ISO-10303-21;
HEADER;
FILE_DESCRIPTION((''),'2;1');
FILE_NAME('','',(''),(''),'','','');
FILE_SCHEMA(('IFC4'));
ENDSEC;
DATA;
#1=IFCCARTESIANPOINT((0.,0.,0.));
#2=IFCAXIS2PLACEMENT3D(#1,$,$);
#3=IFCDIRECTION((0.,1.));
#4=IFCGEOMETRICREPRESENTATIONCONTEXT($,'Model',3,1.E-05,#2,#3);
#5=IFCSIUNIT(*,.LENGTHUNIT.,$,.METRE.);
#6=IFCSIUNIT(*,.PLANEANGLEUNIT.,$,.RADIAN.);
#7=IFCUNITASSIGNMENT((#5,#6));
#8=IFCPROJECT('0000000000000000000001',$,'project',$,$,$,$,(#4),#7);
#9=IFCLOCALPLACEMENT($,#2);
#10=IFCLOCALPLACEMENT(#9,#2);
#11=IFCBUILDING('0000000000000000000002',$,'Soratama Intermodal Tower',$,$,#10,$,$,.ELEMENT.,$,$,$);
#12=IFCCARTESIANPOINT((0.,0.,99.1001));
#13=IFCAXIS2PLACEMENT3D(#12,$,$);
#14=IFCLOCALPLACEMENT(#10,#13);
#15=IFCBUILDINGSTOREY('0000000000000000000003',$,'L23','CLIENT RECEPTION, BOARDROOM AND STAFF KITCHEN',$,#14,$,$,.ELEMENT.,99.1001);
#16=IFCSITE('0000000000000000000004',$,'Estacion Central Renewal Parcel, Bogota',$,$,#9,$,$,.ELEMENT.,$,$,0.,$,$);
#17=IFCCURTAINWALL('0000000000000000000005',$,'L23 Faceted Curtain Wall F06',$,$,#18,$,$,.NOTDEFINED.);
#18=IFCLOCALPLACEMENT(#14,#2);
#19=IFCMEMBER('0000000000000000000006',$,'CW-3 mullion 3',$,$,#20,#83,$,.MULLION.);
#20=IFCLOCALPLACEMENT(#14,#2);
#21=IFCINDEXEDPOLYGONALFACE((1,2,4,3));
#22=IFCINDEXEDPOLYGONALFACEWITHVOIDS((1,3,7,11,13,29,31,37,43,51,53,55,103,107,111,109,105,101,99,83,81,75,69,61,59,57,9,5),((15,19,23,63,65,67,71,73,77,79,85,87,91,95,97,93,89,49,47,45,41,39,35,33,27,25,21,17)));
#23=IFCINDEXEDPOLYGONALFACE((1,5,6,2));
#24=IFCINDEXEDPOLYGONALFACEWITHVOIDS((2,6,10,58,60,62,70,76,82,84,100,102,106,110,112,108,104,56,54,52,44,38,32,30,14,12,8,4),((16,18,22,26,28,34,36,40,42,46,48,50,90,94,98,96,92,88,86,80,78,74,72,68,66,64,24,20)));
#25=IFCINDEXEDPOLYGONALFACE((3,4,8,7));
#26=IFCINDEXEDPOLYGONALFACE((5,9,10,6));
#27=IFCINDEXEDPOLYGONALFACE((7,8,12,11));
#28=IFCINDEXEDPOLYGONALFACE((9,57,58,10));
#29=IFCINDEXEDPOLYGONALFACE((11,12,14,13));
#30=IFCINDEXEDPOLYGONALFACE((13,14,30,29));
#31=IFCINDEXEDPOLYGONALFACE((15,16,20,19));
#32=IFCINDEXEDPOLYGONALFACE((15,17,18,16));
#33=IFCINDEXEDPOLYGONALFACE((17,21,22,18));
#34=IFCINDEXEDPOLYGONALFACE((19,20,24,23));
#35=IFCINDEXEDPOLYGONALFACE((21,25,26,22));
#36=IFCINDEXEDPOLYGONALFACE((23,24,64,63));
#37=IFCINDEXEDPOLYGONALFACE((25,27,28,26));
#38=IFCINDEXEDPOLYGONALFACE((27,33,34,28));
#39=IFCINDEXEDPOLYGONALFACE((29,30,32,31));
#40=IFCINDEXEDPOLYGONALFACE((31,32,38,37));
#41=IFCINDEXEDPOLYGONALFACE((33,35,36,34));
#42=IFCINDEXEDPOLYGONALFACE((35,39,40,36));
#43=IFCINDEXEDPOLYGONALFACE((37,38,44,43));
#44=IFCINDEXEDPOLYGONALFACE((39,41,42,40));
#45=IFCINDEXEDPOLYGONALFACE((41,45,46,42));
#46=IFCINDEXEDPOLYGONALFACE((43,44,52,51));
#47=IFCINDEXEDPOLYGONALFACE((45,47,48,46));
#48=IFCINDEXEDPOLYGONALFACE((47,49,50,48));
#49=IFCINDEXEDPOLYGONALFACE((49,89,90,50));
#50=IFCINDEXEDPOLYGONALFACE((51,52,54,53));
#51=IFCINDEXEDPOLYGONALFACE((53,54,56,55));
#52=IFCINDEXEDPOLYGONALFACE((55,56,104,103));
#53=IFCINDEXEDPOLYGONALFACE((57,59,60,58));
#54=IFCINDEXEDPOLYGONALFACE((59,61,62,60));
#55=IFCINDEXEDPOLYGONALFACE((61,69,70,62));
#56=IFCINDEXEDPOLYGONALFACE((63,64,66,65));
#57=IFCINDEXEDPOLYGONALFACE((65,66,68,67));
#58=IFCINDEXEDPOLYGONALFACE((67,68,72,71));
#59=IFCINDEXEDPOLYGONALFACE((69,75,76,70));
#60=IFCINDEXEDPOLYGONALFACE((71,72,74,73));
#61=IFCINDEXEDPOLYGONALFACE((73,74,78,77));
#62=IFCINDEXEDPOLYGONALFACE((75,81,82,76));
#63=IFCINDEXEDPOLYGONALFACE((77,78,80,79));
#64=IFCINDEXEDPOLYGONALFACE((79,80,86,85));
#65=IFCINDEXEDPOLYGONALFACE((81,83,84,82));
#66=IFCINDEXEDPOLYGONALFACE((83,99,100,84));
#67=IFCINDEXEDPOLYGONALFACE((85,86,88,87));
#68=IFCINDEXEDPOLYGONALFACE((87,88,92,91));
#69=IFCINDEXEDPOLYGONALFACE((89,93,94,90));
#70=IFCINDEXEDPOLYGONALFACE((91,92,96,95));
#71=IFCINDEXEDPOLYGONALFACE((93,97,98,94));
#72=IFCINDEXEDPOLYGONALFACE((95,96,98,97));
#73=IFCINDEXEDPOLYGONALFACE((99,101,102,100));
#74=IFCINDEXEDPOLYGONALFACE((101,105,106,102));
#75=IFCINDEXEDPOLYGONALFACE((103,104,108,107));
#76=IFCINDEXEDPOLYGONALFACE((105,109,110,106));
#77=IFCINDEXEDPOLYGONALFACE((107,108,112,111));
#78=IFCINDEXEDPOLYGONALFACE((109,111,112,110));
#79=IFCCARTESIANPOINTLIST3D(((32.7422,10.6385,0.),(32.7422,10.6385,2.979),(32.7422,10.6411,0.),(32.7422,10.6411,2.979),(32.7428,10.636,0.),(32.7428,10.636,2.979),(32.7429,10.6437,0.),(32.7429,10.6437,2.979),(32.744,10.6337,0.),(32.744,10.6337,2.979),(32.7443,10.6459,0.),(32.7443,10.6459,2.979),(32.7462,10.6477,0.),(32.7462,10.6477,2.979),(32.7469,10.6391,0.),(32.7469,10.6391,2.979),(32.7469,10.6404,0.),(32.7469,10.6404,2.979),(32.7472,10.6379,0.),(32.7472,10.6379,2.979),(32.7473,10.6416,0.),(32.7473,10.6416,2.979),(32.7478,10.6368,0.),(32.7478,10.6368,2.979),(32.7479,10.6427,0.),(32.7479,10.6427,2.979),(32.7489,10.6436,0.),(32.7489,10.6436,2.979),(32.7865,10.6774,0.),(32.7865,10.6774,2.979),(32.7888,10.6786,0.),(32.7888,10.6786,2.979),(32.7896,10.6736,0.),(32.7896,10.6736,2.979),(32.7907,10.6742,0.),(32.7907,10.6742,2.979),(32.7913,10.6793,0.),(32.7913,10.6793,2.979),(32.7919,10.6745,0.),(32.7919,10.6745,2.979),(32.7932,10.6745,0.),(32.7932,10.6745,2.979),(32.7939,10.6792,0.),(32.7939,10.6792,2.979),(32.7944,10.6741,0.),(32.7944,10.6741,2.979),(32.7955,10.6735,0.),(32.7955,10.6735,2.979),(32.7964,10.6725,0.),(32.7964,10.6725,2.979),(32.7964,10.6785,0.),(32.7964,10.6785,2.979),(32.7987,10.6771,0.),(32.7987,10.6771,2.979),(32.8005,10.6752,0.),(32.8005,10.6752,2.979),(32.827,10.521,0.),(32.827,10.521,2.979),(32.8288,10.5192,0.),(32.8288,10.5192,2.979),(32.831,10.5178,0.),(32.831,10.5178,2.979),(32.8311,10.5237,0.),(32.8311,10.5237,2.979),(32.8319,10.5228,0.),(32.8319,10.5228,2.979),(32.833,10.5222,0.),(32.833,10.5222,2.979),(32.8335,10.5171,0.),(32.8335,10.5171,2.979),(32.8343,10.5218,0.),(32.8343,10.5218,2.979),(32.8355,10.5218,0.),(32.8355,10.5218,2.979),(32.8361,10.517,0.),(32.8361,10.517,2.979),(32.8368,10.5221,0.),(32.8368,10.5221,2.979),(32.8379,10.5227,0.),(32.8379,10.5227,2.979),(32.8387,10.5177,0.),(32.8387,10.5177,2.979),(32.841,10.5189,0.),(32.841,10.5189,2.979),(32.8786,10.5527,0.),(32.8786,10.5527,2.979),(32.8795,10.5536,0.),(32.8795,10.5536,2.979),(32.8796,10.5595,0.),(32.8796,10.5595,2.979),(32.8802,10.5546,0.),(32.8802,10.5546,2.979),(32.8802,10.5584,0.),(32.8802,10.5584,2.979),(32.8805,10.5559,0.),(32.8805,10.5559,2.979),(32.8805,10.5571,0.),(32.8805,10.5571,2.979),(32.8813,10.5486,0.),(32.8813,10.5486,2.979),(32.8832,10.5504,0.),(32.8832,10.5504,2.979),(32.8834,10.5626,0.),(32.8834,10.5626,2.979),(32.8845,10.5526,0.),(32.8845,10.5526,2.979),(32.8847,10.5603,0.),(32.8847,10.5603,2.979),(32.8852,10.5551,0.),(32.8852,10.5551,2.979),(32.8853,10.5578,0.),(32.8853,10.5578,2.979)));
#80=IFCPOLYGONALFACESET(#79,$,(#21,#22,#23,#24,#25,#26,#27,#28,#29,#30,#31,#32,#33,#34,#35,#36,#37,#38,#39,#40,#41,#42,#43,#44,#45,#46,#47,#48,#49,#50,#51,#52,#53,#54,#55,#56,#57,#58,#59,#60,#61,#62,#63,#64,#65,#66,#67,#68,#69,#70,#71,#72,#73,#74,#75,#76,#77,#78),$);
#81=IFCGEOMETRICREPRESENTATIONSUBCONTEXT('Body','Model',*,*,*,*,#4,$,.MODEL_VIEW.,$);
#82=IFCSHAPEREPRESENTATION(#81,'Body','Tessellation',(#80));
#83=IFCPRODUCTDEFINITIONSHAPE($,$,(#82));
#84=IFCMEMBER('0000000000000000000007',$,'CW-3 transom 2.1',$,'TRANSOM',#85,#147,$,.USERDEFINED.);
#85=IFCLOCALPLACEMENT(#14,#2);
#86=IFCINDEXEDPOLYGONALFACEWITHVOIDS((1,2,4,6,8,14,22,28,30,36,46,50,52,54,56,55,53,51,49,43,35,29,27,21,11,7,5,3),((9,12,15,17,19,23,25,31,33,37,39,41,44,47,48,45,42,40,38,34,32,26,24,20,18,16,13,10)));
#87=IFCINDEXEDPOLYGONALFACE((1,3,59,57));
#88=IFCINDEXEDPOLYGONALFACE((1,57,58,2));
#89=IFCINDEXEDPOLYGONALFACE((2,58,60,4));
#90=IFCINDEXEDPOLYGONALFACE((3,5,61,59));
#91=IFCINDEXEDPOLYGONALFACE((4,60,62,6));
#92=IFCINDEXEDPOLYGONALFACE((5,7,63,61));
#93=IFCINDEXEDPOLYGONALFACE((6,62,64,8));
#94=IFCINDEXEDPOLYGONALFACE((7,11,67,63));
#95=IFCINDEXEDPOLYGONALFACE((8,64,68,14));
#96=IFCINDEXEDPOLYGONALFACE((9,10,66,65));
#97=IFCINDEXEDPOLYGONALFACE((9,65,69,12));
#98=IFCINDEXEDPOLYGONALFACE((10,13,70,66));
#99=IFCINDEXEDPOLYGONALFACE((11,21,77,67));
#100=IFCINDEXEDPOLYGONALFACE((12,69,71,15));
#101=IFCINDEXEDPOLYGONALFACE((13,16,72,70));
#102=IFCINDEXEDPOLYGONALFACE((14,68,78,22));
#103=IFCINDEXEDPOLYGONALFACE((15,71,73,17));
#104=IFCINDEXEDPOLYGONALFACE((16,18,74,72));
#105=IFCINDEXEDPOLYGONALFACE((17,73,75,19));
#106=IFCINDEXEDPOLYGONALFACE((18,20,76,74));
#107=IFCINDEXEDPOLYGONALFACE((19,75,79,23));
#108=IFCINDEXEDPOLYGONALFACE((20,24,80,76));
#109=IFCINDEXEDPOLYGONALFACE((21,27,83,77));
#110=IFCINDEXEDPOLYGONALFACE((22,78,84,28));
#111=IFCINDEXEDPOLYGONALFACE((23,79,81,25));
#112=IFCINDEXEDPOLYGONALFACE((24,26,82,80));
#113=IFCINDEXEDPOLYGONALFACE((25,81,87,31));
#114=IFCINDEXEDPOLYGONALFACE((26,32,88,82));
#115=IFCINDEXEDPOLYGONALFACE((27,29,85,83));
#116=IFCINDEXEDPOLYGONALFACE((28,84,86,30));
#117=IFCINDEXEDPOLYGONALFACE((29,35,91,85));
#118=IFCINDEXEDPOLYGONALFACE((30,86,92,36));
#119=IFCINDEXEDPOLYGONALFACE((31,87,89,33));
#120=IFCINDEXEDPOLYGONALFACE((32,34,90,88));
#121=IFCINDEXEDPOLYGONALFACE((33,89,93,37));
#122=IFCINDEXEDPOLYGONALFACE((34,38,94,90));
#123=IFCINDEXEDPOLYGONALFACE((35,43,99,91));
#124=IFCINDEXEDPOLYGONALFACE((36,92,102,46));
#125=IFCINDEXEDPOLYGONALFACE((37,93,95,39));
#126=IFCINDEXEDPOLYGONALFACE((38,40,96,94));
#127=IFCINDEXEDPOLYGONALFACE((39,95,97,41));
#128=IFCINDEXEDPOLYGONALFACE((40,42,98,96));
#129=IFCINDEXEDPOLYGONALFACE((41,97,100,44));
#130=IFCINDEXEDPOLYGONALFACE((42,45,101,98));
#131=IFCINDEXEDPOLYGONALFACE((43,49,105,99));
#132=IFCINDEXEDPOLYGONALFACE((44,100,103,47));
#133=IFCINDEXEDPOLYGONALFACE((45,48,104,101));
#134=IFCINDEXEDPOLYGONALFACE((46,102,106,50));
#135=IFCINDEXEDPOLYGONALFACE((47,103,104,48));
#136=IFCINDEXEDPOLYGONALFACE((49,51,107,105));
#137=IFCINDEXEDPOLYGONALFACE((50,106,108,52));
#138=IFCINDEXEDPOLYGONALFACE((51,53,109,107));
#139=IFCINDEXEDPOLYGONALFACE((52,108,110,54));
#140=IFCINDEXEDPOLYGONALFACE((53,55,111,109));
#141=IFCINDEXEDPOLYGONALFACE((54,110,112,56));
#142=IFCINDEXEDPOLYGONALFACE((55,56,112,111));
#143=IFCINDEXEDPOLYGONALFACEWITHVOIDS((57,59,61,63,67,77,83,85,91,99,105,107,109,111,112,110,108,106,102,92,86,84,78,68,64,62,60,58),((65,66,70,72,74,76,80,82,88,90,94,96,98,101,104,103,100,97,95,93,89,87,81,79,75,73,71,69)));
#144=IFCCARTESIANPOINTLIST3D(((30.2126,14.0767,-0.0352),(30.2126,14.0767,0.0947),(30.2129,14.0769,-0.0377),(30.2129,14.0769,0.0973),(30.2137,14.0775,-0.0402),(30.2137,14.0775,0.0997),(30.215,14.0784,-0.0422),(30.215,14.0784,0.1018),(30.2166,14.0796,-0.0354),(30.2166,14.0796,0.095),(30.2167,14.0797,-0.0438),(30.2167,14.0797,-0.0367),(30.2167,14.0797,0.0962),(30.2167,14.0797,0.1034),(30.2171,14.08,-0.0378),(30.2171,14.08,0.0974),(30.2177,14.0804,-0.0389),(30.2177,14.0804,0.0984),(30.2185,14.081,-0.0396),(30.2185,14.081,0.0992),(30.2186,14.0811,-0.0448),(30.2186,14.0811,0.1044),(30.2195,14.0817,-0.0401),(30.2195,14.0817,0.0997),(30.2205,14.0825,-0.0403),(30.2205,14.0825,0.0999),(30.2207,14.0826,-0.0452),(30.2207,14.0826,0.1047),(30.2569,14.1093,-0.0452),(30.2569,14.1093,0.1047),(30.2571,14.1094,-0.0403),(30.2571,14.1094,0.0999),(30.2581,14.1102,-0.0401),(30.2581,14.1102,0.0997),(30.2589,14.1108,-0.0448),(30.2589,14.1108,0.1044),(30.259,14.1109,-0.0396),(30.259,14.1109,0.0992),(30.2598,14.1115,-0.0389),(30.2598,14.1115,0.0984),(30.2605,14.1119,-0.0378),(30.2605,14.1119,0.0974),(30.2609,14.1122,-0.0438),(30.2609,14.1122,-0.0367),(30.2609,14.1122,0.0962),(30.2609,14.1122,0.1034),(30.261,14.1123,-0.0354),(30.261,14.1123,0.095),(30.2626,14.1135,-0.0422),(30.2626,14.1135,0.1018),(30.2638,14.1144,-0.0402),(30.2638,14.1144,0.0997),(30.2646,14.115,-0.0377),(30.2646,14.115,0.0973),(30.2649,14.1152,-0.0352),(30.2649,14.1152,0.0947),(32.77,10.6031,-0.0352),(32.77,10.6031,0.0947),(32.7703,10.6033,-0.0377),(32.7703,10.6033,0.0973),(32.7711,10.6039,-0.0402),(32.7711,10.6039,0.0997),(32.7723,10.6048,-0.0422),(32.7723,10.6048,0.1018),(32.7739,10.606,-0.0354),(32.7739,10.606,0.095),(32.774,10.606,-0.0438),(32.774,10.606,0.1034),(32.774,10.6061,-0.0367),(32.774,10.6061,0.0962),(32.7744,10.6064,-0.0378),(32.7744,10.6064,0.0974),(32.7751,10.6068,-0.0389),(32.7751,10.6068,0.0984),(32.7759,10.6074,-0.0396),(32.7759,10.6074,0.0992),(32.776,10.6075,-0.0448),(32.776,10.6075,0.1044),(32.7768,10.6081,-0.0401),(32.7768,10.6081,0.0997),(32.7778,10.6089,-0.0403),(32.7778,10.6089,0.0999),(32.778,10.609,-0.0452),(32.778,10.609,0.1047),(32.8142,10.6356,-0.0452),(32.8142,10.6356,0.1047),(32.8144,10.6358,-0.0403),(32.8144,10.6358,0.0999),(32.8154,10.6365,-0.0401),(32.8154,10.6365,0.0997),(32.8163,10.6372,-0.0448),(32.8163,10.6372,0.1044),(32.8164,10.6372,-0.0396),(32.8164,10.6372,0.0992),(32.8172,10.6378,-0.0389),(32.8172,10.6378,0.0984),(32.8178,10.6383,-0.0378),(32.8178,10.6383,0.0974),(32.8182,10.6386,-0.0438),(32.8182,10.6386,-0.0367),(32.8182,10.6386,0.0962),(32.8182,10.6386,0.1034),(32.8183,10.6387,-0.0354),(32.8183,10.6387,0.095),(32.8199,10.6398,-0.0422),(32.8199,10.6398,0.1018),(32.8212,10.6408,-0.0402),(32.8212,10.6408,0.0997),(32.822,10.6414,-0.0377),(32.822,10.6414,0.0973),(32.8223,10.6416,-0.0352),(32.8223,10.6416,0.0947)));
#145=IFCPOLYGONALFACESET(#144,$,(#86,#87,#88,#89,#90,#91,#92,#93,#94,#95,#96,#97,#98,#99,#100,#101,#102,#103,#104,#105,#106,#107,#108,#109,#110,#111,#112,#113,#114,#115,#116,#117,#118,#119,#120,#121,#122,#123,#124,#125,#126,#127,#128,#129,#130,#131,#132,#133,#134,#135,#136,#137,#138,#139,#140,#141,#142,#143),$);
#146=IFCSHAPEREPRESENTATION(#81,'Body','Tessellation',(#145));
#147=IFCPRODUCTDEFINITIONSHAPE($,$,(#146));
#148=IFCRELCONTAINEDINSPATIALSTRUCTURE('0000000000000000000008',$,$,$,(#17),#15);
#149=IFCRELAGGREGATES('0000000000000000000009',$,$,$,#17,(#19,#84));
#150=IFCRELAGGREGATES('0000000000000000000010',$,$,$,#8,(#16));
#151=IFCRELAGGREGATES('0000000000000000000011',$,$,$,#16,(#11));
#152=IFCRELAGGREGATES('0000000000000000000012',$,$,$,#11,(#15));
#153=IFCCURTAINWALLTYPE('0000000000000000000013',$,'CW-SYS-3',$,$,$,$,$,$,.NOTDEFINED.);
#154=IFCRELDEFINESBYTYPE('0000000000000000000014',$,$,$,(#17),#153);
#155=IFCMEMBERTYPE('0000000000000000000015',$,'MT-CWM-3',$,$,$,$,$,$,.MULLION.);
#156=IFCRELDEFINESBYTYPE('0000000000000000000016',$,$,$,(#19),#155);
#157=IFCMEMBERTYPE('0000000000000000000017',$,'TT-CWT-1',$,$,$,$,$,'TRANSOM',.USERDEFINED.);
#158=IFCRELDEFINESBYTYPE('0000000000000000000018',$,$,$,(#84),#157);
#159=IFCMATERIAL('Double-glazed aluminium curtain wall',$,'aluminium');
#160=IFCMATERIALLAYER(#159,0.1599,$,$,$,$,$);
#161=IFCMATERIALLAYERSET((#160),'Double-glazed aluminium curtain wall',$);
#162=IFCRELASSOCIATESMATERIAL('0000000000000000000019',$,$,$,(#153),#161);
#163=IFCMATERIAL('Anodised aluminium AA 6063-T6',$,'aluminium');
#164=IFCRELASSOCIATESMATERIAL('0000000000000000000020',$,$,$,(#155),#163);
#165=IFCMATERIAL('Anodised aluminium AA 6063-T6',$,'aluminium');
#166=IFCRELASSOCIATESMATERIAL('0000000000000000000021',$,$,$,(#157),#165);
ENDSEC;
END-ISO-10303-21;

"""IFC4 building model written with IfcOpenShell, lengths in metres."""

from ifc_helpers import new_model, si_unit, direction, frame, origin, origin_2d, place, context, subcontext, project, spatial, hollow_rectangle, extrude, material, layer, layer_set, material_profile, profile_set, type_object, element, aggregate, save


model = new_model("IFC4")

# Units and contexts
model_context = context("Model", 3, precision=1e-05, world=origin(), true_north=direction((0.0, 1.0)))
body_context = subcontext(model_context, "Body", "Model", "MODEL_VIEW")
ifc_project = project(units=[si_unit("LENGTHUNIT", "METRE"), si_unit("PLANEANGLEUNIT", "RADIAN")], contexts=[model_context])

# Site, building, storey
site_placement = place(None, origin())
site = spatial("IfcSite", under=ifc_project, at=site_placement, Name="Estacion Central Renewal Parcel, Bogota", CompositionType="ELEMENT", RefElevation=0.0)
building_placement = place(site_placement, origin())
building = spatial("IfcBuilding", under=site, at=building_placement, Name="Soratama Intermodal Tower", CompositionType="ELEMENT")
storey_placement = place(building_placement, frame((0.0, 0.0, 99.1001)))
storey = spatial("IfcBuildingStorey", under=building, at=storey_placement, Name="L23", Description="CLIENT RECEPTION, BOARDROOM AND STAFF KITCHEN", CompositionType="ELEMENT", Elevation=99.1001)

# Curtain wall, members
ifc_material_1 = material(Name="Double-glazed aluminium curtain wall", Category="aluminium")
ifc_layer_1 = layer(ifc_material_1, 0.1599)
ifc_layer_set_1 = layer_set([ifc_layer_1], Name="Double-glazed aluminium curtain wall")
curtain_wall_type = type_object("IfcCurtainWallType", Name="CW-SYS-3", PredefinedType="NOTDEFINED", material=ifc_layer_set_1)
curtain_wall_placement = place(storey_placement, origin())
curtain_wall = element("IfcCurtainWall", 1, at=curtain_wall_placement, inside=storey, type_object=curtain_wall_type, Name="L23 Faceted Curtain Wall F06", PredefinedType="NOTDEFINED")
ifc_material_2 = material(Name="Anodised aluminium AA 6063-T6", Category="aluminium")
ifc_material_profile_1 = material_profile(ifc_material_2, hollow_rectangle(XDim=0.0701, YDim=0.1599, WallThickness=0.0049, InnerFilletRadius=0.0049, OuterFilletRadius=0.01, at=origin_2d()), Name="CWM160X70X5")
ifc_profile_set_1 = profile_set([ifc_material_profile_1], Name="Anodised aluminium AA 6063-T6")
member_type_1 = type_object("IfcMemberType", Name="MT-CWM-3", PredefinedType="MULLION", material=ifc_profile_set_1)
member_1_placement = place(storey_placement, frame((32.8137, 10.5981, 0.0), z_axis=(0.0, 0.0, 1.0), x_axis=(0.80531, 0.592854, 0.0)))
member_1 = element("IfcMember", 2, at=member_1_placement, type_object=member_type_1, Name="CW-3 mullion 3", PredefinedType="MULLION", context=body_context, shape_type="SweptSolid", body=[
    extrude(hollow_rectangle(XDim=0.0701, YDim=0.1599, WallThickness=0.0049, InnerFilletRadius=0.0049, OuterFilletRadius=0.01, at=origin_2d()), origin(), (0.0, 0.0, 1.0), 2.979),
])
ifc_material_3 = material(Name="Anodised aluminium AA 6063-T6", Category="aluminium")
ifc_material_profile_2 = material_profile(ifc_material_3, hollow_rectangle(XDim=0.0649, YDim=0.1499, WallThickness=0.0049, InnerFilletRadius=0.0049, OuterFilletRadius=0.01, at=origin_2d()), Name="CWT150X65X5")
ifc_profile_set_2 = profile_set([ifc_material_profile_2], Name="Anodised aluminium AA 6063-T6")
member_type_2 = type_object("IfcMemberType", Name="TT-CWT-1", ElementType="TRANSOM", PredefinedType="USERDEFINED", material=ifc_profile_set_2)
member_2_placement = place(storey_placement, frame((30.2388, 14.0959, 0.0298), z_axis=(0.592877, -0.805293, 0.0), x_axis=(0.805293, 0.592877, 0.0)))
member_2 = element("IfcMember", 3, at=member_2_placement, type_object=member_type_2, Name="CW-3 transom 2.1", ObjectType="TRANSOM", PredefinedType="USERDEFINED", context=body_context, shape_type="SweptSolid", body=[
    extrude(hollow_rectangle(XDim=0.0649, YDim=0.1499, WallThickness=0.0049, InnerFilletRadius=0.0049, OuterFilletRadius=0.01, at=origin_2d()), origin(), (0.0, 0.0, 1.0), 4.3135),
])
aggregate(curtain_wall, [member_1, member_2])

save(model, "model.ifc")
